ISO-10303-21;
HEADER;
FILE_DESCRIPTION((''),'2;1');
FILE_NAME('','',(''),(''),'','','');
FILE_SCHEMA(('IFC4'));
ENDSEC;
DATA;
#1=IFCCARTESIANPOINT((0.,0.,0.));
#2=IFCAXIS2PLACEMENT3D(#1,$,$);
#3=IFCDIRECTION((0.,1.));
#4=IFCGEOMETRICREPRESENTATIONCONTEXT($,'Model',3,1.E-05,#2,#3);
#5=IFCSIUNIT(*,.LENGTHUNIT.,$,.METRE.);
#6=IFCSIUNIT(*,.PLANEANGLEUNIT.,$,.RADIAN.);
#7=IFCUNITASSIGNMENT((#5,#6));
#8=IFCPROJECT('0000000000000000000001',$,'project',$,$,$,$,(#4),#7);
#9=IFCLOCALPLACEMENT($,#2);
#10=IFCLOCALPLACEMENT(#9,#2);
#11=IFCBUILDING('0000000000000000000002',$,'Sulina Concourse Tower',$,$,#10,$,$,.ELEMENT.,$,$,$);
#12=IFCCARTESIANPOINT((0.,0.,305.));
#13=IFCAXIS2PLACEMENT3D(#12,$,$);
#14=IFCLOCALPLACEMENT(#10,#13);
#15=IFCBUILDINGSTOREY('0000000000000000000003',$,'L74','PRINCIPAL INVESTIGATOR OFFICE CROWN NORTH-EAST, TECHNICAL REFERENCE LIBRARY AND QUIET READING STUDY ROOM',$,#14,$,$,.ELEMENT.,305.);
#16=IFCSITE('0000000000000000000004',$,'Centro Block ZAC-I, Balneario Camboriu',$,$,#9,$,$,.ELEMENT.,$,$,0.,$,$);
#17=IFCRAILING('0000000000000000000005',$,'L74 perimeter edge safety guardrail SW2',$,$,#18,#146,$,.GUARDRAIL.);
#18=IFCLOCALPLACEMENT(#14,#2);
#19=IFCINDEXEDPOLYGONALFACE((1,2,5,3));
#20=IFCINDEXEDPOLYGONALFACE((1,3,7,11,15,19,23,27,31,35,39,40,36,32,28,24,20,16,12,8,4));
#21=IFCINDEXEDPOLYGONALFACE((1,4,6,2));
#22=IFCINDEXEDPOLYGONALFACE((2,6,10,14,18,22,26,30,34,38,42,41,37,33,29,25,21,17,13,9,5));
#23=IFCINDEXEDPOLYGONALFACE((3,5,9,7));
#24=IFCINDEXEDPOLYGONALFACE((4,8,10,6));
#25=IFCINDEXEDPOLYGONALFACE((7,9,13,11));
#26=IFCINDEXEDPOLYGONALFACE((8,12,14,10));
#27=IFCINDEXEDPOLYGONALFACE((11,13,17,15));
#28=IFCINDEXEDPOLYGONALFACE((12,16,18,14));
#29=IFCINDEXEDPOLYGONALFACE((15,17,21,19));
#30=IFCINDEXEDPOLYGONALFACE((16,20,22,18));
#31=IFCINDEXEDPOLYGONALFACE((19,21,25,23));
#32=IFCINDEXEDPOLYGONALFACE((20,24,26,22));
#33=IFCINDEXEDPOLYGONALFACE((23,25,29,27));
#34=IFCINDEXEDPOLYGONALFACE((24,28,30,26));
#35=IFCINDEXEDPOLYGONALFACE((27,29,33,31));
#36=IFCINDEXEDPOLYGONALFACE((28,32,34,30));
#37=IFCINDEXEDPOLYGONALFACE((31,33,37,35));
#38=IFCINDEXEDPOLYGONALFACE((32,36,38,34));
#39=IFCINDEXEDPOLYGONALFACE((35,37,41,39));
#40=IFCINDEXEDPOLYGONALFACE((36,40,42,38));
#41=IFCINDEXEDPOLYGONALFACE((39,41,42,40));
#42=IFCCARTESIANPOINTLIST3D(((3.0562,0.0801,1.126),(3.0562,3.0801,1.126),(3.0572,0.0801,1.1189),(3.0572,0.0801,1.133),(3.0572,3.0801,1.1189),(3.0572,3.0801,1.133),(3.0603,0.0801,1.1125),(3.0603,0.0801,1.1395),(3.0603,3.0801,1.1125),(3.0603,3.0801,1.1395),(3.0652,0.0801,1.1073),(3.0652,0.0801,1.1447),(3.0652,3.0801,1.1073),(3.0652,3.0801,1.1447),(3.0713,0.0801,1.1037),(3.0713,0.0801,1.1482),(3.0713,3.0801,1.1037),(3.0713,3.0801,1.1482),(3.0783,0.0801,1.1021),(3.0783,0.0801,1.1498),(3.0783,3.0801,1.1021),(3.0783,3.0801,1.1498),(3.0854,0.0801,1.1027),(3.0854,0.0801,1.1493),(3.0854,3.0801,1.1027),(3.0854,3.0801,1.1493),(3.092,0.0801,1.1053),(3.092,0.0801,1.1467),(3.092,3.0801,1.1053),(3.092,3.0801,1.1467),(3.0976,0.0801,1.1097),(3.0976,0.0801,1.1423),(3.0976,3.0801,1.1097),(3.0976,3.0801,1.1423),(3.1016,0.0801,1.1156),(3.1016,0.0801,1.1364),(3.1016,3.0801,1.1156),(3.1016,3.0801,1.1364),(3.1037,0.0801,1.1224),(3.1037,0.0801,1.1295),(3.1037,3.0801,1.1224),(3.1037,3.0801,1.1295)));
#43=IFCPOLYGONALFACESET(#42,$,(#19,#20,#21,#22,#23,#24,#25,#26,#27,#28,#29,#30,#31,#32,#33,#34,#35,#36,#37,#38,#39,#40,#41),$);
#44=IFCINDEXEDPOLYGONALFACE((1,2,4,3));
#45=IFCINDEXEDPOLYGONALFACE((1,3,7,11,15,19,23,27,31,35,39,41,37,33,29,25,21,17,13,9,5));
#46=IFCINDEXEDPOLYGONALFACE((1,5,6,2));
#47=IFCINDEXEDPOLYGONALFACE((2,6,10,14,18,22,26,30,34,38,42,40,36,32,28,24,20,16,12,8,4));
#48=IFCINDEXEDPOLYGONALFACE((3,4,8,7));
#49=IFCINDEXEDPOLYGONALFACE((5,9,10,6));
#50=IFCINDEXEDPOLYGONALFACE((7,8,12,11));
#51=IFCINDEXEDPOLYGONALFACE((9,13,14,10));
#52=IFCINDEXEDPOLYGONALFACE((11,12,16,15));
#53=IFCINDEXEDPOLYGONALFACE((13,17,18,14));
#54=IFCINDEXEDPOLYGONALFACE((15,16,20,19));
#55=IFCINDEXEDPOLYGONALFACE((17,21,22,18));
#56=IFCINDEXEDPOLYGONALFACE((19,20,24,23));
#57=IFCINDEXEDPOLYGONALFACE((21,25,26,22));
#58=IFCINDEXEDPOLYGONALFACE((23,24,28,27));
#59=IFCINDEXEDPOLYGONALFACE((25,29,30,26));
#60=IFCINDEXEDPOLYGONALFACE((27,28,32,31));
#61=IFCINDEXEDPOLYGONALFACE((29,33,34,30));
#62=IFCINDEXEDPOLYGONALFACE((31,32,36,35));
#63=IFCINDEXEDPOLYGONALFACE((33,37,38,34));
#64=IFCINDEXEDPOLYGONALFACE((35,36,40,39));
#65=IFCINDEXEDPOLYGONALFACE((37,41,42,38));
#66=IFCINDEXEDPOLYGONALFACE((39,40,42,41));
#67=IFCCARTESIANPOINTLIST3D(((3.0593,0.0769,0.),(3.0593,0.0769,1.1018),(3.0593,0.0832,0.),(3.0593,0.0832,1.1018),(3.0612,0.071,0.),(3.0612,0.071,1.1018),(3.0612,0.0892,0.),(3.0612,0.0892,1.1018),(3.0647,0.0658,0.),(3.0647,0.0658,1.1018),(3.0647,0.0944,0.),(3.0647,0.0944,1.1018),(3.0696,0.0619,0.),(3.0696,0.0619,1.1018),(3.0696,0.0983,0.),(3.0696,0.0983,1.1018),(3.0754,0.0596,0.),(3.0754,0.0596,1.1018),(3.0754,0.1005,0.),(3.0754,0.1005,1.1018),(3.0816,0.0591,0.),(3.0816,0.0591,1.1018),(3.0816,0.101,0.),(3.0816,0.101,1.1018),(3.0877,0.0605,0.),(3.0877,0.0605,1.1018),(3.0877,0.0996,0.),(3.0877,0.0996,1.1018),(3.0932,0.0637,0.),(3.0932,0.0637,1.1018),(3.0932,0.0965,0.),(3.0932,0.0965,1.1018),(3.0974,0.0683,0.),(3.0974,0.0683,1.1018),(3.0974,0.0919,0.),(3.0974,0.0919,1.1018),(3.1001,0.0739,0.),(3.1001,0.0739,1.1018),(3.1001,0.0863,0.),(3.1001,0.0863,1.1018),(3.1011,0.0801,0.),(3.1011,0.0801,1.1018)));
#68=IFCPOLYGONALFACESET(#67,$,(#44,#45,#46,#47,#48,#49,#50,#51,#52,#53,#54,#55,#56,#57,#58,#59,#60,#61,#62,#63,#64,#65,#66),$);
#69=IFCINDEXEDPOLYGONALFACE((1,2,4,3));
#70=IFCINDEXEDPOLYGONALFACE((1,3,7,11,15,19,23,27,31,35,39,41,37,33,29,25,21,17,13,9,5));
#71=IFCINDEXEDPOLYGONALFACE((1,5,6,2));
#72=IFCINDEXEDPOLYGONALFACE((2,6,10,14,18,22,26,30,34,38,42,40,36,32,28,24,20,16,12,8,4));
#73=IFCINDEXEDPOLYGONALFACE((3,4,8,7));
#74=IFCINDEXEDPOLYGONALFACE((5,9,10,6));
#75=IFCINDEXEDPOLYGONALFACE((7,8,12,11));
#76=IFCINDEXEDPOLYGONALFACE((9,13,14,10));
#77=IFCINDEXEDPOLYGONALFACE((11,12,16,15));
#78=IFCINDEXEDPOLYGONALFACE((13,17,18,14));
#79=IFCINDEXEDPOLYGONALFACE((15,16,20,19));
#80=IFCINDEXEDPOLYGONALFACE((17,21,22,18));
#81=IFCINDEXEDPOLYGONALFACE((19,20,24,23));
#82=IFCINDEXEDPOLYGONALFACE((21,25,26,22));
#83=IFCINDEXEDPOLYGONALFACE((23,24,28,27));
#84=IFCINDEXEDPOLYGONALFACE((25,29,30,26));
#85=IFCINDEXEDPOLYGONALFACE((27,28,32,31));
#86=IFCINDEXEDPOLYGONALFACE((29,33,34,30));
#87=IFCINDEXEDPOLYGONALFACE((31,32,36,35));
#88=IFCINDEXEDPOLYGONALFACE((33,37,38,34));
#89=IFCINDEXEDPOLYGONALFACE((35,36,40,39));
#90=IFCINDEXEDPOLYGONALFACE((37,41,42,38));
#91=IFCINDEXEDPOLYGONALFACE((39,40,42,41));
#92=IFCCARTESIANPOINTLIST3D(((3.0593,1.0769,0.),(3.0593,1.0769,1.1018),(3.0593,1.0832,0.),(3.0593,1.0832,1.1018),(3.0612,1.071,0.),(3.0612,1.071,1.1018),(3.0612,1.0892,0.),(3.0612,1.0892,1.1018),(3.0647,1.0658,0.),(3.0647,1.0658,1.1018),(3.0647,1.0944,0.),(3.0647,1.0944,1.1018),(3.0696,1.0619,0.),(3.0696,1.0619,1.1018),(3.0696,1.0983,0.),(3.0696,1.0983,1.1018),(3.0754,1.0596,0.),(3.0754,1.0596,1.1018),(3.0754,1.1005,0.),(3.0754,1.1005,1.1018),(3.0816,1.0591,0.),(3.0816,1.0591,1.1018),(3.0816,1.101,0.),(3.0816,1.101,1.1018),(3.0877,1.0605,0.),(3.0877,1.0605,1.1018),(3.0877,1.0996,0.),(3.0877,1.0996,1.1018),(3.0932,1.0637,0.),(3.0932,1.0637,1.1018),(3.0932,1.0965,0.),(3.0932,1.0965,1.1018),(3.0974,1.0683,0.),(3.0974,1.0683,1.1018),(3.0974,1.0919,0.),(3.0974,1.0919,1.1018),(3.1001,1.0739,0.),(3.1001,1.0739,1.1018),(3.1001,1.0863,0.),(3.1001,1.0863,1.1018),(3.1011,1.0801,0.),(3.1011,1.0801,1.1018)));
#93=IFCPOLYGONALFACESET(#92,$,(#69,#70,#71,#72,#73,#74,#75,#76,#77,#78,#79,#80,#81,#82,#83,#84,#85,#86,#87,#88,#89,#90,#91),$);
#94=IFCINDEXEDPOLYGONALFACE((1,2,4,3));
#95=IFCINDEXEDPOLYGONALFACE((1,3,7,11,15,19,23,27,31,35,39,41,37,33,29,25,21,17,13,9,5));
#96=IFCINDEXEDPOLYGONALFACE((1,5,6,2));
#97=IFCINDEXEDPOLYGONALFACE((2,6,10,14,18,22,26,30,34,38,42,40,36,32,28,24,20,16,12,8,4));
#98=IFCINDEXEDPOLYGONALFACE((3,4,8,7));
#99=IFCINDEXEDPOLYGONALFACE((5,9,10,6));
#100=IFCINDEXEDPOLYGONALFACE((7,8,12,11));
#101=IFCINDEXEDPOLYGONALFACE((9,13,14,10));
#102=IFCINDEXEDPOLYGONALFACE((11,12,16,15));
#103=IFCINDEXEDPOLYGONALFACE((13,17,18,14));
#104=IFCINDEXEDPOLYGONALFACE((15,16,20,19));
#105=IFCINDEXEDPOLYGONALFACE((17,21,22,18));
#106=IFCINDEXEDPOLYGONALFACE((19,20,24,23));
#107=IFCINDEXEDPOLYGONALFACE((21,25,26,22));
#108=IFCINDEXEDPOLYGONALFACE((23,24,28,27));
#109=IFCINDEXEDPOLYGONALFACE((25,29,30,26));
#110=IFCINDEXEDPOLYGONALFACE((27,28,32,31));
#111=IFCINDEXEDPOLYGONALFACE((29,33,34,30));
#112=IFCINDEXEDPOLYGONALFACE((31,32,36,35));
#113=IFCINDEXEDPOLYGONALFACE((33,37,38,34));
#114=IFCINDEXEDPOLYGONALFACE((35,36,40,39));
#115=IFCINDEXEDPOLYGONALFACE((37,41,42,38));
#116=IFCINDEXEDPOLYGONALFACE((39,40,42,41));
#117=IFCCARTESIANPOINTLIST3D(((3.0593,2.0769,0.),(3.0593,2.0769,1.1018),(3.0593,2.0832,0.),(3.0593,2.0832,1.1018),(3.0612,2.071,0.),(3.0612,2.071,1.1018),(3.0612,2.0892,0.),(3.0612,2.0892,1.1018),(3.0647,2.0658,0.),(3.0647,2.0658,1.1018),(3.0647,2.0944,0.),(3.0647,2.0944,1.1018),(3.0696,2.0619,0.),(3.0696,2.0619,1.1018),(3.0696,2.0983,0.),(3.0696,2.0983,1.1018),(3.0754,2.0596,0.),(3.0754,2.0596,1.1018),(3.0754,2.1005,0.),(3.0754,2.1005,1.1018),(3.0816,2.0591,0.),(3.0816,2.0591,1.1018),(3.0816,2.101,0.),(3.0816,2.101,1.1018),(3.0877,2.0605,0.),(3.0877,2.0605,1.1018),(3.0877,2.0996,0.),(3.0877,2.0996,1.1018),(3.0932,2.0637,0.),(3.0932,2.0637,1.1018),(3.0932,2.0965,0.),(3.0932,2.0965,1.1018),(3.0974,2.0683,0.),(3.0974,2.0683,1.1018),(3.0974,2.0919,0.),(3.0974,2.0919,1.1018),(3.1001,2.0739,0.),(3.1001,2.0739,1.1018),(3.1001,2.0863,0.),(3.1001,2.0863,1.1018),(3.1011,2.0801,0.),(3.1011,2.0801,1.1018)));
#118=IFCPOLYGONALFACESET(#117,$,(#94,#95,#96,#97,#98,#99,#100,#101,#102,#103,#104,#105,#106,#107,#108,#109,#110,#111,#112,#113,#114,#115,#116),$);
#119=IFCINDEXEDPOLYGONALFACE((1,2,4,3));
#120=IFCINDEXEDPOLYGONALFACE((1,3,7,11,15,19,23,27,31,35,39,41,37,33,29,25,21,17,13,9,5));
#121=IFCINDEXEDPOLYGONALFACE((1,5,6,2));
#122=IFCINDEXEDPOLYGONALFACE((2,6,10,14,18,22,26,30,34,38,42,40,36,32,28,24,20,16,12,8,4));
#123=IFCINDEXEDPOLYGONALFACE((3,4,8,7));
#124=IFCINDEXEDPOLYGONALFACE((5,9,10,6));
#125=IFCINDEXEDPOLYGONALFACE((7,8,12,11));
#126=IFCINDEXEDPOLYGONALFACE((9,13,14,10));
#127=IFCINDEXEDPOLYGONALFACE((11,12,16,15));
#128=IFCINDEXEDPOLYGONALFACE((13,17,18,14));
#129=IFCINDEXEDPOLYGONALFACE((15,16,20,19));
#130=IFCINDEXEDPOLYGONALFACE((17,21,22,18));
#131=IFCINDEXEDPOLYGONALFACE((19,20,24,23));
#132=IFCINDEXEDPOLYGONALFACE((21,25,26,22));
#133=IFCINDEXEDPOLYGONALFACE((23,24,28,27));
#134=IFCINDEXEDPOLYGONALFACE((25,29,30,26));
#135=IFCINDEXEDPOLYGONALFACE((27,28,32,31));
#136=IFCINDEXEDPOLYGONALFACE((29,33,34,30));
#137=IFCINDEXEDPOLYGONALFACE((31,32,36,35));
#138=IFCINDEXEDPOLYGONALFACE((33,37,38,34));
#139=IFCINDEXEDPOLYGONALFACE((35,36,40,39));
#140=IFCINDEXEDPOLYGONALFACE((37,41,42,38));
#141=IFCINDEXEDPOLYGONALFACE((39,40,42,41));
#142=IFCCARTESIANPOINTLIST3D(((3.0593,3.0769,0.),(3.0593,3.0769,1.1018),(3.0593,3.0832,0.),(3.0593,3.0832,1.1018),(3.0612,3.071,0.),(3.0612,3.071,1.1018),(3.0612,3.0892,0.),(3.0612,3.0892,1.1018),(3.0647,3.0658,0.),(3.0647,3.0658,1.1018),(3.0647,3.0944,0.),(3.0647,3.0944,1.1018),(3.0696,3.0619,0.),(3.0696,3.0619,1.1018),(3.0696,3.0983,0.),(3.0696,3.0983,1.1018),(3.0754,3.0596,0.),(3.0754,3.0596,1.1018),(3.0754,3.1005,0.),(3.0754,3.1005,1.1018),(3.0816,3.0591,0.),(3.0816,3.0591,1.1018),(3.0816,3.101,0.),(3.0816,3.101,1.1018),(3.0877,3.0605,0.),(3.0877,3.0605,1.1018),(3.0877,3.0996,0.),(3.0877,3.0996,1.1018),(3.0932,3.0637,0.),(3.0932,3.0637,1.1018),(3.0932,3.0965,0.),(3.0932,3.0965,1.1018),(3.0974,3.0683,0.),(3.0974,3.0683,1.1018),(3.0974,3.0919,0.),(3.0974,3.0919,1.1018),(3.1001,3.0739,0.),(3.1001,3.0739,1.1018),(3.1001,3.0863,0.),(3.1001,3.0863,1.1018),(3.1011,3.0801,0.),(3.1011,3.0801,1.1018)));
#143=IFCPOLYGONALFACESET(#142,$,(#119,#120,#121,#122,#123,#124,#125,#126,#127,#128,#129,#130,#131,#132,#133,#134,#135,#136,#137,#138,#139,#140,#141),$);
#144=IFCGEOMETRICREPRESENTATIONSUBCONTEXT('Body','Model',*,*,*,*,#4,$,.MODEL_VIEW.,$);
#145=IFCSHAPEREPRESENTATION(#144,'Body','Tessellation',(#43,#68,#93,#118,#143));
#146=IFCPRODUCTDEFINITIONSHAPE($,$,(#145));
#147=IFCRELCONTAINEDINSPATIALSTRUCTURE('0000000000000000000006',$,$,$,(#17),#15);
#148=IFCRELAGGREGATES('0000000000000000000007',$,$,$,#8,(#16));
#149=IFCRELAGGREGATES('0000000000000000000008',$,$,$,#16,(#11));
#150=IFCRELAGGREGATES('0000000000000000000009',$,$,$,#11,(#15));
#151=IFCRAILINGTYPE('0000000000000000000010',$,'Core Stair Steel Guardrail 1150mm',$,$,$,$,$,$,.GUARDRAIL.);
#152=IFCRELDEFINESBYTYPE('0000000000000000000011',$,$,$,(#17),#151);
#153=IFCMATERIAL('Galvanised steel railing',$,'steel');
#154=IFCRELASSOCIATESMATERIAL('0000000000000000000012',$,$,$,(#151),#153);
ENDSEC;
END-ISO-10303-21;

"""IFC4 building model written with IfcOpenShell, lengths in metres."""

from ifc_helpers import new_model, si_unit, direction, frame, origin, origin_2d, place, context, subcontext, project, spatial, circle, extrude, material, type_object, element, save


model = new_model("IFC4")

# Units and contexts
model_context = context("Model", 3, precision=1e-05, world=origin(), true_north=direction((0.0, 1.0)))
body_context = subcontext(model_context, "Body", "Model", "MODEL_VIEW")
ifc_project = project(units=[si_unit("LENGTHUNIT", "METRE"), si_unit("PLANEANGLEUNIT", "RADIAN")], contexts=[model_context])

# Site, building, storey
site_placement = place(None, origin())
site = spatial("IfcSite", under=ifc_project, at=site_placement, Name="Centro Block ZAC-I, Balneario Camboriu", CompositionType="ELEMENT", RefElevation=0.0)
building_placement = place(site_placement, origin())
building = spatial("IfcBuilding", under=site, at=building_placement, Name="Sulina Concourse Tower", CompositionType="ELEMENT")
storey_placement = place(building_placement, frame((0.0, 0.0, 305.0)))
storey = spatial("IfcBuildingStorey", under=building, at=storey_placement, Name="L74", Description="PRINCIPAL INVESTIGATOR OFFICE CROWN NORTH-EAST, TECHNICAL REFERENCE LIBRARY AND QUIET READING STUDY ROOM", CompositionType="ELEMENT", Elevation=305.0)

# Railing
ifc_material_1 = material(Name="Galvanised steel railing", Category="steel")
railing_type = type_object("IfcRailingType", Name="Core Stair Steel Guardrail 1150mm", PredefinedType="GUARDRAIL", material=ifc_material_1)
railing_1_placement = place(storey_placement, frame((3.0801, 0.0801, 0.0)))
element("IfcRailing", 1, at=railing_1_placement, inside=storey, type_object=railing_type, Name="L74 perimeter edge safety guardrail SW2", PredefinedType="GUARDRAIL", context=body_context, shape_type="SweptSolid", body=[
    extrude(circle(Radius=0.0239, at=origin_2d()), frame((0.0, 0.0, 1.126), z_axis=(0.0, 1.0, 0.0), x_axis=(-1.0, 0.0, 0.0)), (0.0, 0.0, 1.0), 3.0),
    extrude(circle(Radius=0.021, at=origin_2d()), origin(), (0.0, 0.0, 1.0), 1.1018),
    extrude(circle(Radius=0.021, at=origin_2d()), frame((0.0, 1.0, 0.0)), (0.0, 0.0, 1.0), 1.1018),
    extrude(circle(Radius=0.021, at=origin_2d()), frame((0.0, 2.0, 0.0)), (0.0, 0.0, 1.0), 1.1018),
    extrude(circle(Radius=0.021, at=origin_2d()), frame((0.0, 3.0, 0.0)), (0.0, 0.0, 1.0), 1.1018),
])

save(model, "model.ifc")
